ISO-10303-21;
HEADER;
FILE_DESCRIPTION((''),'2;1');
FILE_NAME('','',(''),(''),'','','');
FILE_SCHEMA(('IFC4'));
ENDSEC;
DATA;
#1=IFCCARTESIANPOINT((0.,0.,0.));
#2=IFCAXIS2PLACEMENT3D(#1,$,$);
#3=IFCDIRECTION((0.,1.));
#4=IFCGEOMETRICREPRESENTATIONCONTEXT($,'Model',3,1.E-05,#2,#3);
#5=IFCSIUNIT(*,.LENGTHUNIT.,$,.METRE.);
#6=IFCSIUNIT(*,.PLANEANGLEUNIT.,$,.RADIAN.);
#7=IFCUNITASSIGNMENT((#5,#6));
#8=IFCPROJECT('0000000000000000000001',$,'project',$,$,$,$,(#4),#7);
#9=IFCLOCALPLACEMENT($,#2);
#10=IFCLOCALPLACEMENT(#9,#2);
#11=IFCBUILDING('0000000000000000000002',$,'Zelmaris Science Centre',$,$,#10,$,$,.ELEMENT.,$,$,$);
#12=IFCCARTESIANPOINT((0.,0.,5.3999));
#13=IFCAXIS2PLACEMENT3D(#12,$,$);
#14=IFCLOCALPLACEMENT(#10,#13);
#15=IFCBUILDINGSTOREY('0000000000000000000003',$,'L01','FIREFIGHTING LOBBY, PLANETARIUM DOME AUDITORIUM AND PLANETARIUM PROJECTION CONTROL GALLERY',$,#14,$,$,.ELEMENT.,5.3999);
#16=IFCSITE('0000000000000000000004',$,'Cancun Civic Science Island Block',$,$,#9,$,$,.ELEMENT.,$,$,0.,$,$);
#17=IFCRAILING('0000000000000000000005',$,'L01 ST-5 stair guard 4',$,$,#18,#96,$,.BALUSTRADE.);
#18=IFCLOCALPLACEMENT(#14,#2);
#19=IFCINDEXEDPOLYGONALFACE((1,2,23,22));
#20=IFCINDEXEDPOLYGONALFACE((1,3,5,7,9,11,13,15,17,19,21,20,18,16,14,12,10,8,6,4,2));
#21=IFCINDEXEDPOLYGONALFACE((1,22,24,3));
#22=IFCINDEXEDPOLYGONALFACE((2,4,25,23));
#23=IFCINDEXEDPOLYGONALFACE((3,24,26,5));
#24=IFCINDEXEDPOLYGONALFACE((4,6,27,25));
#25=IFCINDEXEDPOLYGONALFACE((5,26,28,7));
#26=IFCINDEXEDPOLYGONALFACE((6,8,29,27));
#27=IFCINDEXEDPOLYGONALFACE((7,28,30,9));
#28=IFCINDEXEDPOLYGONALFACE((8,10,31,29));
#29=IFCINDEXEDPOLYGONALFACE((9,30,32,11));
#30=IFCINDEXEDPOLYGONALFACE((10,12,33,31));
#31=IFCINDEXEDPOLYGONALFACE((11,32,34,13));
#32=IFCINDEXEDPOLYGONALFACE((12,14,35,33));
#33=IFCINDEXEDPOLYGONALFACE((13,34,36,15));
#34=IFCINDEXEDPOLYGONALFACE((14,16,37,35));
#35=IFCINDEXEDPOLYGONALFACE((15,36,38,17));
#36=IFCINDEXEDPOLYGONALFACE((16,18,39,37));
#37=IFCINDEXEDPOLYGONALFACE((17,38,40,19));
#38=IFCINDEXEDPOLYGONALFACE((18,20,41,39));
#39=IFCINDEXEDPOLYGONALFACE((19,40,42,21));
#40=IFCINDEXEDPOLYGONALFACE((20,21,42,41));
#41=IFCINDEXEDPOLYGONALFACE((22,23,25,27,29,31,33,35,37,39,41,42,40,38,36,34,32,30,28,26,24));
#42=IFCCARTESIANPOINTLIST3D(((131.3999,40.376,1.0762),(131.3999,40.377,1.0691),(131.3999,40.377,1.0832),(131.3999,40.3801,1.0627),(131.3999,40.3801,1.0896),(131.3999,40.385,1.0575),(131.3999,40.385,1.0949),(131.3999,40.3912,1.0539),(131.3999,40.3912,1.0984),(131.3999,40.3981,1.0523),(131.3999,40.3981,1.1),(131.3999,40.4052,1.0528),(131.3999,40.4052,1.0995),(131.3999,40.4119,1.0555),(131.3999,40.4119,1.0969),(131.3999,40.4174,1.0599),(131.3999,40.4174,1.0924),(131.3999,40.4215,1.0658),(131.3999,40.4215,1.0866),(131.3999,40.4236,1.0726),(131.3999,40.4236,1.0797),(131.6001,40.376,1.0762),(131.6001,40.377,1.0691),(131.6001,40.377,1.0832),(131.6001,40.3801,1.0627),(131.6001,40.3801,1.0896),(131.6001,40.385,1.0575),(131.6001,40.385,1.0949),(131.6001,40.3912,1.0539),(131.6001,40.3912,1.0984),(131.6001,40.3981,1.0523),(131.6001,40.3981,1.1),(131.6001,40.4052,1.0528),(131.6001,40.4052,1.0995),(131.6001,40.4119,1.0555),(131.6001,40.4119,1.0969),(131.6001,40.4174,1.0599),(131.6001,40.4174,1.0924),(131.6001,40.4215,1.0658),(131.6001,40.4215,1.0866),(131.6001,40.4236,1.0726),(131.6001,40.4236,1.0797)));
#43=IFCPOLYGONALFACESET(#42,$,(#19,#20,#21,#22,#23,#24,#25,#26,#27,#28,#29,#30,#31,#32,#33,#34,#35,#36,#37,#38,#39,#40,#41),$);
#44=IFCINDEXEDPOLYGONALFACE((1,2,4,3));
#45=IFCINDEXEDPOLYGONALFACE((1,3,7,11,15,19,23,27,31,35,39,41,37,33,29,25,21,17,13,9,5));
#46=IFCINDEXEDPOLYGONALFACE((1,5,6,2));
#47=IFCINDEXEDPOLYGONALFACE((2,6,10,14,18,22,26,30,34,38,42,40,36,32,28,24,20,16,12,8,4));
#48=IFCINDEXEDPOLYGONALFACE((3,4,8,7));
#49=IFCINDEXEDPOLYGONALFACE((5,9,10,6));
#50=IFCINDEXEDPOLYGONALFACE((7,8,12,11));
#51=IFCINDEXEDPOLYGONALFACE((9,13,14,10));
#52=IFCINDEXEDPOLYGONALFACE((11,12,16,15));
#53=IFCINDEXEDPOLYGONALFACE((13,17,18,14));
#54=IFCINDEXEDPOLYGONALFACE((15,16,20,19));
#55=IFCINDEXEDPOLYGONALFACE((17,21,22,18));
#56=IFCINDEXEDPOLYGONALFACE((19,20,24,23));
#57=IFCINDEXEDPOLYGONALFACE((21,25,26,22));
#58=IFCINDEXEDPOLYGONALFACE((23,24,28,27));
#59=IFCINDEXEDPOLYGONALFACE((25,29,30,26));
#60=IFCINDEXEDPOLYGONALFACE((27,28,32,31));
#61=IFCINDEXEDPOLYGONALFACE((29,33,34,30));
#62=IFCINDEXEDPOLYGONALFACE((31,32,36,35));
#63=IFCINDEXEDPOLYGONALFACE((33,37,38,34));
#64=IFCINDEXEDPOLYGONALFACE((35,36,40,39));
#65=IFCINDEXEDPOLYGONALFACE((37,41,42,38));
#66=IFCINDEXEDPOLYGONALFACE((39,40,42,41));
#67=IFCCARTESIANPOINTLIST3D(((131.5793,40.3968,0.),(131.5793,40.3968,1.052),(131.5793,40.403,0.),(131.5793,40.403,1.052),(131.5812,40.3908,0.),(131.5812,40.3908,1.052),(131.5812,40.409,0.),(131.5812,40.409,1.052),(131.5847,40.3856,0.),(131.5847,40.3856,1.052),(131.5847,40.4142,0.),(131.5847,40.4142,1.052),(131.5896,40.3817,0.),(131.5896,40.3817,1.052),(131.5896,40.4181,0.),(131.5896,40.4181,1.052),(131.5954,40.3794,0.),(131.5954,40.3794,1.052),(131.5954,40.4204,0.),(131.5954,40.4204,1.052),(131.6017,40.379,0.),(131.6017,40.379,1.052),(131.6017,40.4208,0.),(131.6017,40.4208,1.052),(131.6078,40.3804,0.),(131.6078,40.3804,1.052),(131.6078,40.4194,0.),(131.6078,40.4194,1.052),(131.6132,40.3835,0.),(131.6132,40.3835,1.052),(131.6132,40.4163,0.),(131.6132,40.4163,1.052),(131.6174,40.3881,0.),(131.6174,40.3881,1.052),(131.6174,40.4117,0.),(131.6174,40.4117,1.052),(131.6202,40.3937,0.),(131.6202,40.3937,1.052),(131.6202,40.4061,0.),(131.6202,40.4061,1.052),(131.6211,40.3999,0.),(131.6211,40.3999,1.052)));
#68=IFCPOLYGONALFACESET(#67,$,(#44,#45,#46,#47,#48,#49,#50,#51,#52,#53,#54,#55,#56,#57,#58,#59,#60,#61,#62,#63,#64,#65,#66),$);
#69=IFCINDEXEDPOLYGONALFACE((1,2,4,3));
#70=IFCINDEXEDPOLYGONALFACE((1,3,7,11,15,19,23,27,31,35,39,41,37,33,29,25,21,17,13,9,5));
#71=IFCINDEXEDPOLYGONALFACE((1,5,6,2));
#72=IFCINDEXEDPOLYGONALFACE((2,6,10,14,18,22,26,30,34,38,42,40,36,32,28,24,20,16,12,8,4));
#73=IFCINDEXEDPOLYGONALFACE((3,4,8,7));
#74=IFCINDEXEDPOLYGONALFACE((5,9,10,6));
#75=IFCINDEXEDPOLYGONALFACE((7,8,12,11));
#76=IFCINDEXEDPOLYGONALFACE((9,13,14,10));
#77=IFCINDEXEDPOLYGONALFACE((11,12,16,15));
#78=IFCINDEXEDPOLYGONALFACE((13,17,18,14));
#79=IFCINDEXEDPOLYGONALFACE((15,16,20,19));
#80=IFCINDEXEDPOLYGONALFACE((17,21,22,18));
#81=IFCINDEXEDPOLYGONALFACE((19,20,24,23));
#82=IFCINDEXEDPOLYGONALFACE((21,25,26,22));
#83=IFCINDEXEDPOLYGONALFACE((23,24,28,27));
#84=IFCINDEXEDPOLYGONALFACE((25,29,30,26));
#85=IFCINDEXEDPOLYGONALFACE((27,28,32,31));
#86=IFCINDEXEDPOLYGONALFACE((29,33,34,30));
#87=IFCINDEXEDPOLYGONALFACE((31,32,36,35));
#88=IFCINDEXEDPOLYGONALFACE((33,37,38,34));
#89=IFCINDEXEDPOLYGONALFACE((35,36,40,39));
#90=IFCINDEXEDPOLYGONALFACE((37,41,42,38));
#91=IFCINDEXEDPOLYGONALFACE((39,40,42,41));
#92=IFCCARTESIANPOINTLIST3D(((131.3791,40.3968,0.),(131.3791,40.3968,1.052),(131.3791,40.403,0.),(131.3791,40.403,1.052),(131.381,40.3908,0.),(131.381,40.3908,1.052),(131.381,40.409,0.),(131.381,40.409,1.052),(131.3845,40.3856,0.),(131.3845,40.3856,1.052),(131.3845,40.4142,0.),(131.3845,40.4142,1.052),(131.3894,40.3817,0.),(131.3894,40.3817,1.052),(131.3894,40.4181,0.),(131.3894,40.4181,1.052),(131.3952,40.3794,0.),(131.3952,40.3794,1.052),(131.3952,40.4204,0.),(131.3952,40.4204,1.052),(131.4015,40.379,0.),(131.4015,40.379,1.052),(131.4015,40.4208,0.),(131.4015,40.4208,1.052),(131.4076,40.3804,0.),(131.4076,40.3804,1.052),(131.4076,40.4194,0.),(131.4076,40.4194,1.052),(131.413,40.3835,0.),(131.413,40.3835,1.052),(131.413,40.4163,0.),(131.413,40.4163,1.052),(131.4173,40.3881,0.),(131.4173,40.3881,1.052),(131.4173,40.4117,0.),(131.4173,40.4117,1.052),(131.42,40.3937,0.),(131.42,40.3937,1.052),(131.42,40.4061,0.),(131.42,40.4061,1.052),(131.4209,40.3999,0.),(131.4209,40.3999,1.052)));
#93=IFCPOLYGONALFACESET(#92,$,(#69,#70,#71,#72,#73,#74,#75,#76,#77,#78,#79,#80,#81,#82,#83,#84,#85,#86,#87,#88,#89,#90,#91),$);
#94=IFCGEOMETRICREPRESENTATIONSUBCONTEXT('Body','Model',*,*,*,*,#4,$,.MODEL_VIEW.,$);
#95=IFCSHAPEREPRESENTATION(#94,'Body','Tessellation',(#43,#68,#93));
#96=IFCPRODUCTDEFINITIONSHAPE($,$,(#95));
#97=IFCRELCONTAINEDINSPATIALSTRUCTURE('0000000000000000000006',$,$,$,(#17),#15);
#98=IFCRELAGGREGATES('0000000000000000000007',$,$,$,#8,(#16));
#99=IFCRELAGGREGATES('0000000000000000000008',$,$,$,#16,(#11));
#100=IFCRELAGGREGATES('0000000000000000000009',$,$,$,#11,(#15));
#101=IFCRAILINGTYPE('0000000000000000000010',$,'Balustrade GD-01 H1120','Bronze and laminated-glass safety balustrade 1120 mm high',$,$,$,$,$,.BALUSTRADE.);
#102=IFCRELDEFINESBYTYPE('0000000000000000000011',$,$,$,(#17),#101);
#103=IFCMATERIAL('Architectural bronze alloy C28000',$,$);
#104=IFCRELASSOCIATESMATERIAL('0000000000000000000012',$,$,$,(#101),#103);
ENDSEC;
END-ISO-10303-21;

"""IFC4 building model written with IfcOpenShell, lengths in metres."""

from ifc_helpers import new_model, si_unit, direction, frame, origin, origin_2d, place, context, subcontext, project, spatial, circle, extrude, material, type_object, element, save


model = new_model("IFC4")

# Units and contexts
model_context = context("Model", 3, precision=1e-05, world=origin(), true_north=direction((0.0, 1.0)))
body_context = subcontext(model_context, "Body", "Model", "MODEL_VIEW")
ifc_project = project(units=[si_unit("LENGTHUNIT", "METRE"), si_unit("PLANEANGLEUNIT", "RADIAN")], contexts=[model_context])

# Site, building, storey
site_placement = place(None, origin())
site = spatial("IfcSite", under=ifc_project, at=site_placement, Name="Cancun Civic Science Island Block", CompositionType="ELEMENT", RefElevation=0.0)
building_placement = place(site_placement, origin())
building = spatial("IfcBuilding", under=site, at=building_placement, Name="Zelmaris Science Centre", CompositionType="ELEMENT")
storey_placement = place(building_placement, frame((0.0, 0.0, 5.3999)))
storey = spatial("IfcBuildingStorey", under=building, at=storey_placement, Name="L01", Description="FIREFIGHTING LOBBY, PLANETARIUM DOME AUDITORIUM AND PLANETARIUM PROJECTION CONTROL GALLERY", CompositionType="ELEMENT", Elevation=5.3999)

# Railing
ifc_material_1 = material(Name="Architectural bronze alloy C28000")
railing_type_1 = type_object("IfcRailingType", Name="Balustrade GD-01 H1120", Description="Bronze and laminated-glass safety balustrade 1120 mm high", PredefinedType="BALUSTRADE", material=ifc_material_1)
railing_1_placement = place(storey_placement, frame((131.6001, 40.3999, 0.0)))
element("IfcRailing", 1, at=railing_1_placement, inside=storey, type_object=railing_type_1, Name="L01 ST-5 stair guard 4", PredefinedType="BALUSTRADE", context=body_context, shape_type="SweptSolid", body=[
    extrude(circle(Radius=0.0239, at=origin_2d()), frame((0.0, 0.0, 1.0762), z_axis=(-1.0, 0.0, 0.0), x_axis=(0.0, -1.0, 0.0)), (0.0, 0.0, 1.0), 0.2002),
    extrude(circle(Radius=0.021, at=origin_2d()), origin(), (0.0, 0.0, 1.0), 1.052),
    extrude(circle(Radius=0.021, at=origin_2d()), frame((-0.2002, 0.0, 0.0)), (0.0, 0.0, 1.0), 1.052),
])

save(model, "model.ifc")
